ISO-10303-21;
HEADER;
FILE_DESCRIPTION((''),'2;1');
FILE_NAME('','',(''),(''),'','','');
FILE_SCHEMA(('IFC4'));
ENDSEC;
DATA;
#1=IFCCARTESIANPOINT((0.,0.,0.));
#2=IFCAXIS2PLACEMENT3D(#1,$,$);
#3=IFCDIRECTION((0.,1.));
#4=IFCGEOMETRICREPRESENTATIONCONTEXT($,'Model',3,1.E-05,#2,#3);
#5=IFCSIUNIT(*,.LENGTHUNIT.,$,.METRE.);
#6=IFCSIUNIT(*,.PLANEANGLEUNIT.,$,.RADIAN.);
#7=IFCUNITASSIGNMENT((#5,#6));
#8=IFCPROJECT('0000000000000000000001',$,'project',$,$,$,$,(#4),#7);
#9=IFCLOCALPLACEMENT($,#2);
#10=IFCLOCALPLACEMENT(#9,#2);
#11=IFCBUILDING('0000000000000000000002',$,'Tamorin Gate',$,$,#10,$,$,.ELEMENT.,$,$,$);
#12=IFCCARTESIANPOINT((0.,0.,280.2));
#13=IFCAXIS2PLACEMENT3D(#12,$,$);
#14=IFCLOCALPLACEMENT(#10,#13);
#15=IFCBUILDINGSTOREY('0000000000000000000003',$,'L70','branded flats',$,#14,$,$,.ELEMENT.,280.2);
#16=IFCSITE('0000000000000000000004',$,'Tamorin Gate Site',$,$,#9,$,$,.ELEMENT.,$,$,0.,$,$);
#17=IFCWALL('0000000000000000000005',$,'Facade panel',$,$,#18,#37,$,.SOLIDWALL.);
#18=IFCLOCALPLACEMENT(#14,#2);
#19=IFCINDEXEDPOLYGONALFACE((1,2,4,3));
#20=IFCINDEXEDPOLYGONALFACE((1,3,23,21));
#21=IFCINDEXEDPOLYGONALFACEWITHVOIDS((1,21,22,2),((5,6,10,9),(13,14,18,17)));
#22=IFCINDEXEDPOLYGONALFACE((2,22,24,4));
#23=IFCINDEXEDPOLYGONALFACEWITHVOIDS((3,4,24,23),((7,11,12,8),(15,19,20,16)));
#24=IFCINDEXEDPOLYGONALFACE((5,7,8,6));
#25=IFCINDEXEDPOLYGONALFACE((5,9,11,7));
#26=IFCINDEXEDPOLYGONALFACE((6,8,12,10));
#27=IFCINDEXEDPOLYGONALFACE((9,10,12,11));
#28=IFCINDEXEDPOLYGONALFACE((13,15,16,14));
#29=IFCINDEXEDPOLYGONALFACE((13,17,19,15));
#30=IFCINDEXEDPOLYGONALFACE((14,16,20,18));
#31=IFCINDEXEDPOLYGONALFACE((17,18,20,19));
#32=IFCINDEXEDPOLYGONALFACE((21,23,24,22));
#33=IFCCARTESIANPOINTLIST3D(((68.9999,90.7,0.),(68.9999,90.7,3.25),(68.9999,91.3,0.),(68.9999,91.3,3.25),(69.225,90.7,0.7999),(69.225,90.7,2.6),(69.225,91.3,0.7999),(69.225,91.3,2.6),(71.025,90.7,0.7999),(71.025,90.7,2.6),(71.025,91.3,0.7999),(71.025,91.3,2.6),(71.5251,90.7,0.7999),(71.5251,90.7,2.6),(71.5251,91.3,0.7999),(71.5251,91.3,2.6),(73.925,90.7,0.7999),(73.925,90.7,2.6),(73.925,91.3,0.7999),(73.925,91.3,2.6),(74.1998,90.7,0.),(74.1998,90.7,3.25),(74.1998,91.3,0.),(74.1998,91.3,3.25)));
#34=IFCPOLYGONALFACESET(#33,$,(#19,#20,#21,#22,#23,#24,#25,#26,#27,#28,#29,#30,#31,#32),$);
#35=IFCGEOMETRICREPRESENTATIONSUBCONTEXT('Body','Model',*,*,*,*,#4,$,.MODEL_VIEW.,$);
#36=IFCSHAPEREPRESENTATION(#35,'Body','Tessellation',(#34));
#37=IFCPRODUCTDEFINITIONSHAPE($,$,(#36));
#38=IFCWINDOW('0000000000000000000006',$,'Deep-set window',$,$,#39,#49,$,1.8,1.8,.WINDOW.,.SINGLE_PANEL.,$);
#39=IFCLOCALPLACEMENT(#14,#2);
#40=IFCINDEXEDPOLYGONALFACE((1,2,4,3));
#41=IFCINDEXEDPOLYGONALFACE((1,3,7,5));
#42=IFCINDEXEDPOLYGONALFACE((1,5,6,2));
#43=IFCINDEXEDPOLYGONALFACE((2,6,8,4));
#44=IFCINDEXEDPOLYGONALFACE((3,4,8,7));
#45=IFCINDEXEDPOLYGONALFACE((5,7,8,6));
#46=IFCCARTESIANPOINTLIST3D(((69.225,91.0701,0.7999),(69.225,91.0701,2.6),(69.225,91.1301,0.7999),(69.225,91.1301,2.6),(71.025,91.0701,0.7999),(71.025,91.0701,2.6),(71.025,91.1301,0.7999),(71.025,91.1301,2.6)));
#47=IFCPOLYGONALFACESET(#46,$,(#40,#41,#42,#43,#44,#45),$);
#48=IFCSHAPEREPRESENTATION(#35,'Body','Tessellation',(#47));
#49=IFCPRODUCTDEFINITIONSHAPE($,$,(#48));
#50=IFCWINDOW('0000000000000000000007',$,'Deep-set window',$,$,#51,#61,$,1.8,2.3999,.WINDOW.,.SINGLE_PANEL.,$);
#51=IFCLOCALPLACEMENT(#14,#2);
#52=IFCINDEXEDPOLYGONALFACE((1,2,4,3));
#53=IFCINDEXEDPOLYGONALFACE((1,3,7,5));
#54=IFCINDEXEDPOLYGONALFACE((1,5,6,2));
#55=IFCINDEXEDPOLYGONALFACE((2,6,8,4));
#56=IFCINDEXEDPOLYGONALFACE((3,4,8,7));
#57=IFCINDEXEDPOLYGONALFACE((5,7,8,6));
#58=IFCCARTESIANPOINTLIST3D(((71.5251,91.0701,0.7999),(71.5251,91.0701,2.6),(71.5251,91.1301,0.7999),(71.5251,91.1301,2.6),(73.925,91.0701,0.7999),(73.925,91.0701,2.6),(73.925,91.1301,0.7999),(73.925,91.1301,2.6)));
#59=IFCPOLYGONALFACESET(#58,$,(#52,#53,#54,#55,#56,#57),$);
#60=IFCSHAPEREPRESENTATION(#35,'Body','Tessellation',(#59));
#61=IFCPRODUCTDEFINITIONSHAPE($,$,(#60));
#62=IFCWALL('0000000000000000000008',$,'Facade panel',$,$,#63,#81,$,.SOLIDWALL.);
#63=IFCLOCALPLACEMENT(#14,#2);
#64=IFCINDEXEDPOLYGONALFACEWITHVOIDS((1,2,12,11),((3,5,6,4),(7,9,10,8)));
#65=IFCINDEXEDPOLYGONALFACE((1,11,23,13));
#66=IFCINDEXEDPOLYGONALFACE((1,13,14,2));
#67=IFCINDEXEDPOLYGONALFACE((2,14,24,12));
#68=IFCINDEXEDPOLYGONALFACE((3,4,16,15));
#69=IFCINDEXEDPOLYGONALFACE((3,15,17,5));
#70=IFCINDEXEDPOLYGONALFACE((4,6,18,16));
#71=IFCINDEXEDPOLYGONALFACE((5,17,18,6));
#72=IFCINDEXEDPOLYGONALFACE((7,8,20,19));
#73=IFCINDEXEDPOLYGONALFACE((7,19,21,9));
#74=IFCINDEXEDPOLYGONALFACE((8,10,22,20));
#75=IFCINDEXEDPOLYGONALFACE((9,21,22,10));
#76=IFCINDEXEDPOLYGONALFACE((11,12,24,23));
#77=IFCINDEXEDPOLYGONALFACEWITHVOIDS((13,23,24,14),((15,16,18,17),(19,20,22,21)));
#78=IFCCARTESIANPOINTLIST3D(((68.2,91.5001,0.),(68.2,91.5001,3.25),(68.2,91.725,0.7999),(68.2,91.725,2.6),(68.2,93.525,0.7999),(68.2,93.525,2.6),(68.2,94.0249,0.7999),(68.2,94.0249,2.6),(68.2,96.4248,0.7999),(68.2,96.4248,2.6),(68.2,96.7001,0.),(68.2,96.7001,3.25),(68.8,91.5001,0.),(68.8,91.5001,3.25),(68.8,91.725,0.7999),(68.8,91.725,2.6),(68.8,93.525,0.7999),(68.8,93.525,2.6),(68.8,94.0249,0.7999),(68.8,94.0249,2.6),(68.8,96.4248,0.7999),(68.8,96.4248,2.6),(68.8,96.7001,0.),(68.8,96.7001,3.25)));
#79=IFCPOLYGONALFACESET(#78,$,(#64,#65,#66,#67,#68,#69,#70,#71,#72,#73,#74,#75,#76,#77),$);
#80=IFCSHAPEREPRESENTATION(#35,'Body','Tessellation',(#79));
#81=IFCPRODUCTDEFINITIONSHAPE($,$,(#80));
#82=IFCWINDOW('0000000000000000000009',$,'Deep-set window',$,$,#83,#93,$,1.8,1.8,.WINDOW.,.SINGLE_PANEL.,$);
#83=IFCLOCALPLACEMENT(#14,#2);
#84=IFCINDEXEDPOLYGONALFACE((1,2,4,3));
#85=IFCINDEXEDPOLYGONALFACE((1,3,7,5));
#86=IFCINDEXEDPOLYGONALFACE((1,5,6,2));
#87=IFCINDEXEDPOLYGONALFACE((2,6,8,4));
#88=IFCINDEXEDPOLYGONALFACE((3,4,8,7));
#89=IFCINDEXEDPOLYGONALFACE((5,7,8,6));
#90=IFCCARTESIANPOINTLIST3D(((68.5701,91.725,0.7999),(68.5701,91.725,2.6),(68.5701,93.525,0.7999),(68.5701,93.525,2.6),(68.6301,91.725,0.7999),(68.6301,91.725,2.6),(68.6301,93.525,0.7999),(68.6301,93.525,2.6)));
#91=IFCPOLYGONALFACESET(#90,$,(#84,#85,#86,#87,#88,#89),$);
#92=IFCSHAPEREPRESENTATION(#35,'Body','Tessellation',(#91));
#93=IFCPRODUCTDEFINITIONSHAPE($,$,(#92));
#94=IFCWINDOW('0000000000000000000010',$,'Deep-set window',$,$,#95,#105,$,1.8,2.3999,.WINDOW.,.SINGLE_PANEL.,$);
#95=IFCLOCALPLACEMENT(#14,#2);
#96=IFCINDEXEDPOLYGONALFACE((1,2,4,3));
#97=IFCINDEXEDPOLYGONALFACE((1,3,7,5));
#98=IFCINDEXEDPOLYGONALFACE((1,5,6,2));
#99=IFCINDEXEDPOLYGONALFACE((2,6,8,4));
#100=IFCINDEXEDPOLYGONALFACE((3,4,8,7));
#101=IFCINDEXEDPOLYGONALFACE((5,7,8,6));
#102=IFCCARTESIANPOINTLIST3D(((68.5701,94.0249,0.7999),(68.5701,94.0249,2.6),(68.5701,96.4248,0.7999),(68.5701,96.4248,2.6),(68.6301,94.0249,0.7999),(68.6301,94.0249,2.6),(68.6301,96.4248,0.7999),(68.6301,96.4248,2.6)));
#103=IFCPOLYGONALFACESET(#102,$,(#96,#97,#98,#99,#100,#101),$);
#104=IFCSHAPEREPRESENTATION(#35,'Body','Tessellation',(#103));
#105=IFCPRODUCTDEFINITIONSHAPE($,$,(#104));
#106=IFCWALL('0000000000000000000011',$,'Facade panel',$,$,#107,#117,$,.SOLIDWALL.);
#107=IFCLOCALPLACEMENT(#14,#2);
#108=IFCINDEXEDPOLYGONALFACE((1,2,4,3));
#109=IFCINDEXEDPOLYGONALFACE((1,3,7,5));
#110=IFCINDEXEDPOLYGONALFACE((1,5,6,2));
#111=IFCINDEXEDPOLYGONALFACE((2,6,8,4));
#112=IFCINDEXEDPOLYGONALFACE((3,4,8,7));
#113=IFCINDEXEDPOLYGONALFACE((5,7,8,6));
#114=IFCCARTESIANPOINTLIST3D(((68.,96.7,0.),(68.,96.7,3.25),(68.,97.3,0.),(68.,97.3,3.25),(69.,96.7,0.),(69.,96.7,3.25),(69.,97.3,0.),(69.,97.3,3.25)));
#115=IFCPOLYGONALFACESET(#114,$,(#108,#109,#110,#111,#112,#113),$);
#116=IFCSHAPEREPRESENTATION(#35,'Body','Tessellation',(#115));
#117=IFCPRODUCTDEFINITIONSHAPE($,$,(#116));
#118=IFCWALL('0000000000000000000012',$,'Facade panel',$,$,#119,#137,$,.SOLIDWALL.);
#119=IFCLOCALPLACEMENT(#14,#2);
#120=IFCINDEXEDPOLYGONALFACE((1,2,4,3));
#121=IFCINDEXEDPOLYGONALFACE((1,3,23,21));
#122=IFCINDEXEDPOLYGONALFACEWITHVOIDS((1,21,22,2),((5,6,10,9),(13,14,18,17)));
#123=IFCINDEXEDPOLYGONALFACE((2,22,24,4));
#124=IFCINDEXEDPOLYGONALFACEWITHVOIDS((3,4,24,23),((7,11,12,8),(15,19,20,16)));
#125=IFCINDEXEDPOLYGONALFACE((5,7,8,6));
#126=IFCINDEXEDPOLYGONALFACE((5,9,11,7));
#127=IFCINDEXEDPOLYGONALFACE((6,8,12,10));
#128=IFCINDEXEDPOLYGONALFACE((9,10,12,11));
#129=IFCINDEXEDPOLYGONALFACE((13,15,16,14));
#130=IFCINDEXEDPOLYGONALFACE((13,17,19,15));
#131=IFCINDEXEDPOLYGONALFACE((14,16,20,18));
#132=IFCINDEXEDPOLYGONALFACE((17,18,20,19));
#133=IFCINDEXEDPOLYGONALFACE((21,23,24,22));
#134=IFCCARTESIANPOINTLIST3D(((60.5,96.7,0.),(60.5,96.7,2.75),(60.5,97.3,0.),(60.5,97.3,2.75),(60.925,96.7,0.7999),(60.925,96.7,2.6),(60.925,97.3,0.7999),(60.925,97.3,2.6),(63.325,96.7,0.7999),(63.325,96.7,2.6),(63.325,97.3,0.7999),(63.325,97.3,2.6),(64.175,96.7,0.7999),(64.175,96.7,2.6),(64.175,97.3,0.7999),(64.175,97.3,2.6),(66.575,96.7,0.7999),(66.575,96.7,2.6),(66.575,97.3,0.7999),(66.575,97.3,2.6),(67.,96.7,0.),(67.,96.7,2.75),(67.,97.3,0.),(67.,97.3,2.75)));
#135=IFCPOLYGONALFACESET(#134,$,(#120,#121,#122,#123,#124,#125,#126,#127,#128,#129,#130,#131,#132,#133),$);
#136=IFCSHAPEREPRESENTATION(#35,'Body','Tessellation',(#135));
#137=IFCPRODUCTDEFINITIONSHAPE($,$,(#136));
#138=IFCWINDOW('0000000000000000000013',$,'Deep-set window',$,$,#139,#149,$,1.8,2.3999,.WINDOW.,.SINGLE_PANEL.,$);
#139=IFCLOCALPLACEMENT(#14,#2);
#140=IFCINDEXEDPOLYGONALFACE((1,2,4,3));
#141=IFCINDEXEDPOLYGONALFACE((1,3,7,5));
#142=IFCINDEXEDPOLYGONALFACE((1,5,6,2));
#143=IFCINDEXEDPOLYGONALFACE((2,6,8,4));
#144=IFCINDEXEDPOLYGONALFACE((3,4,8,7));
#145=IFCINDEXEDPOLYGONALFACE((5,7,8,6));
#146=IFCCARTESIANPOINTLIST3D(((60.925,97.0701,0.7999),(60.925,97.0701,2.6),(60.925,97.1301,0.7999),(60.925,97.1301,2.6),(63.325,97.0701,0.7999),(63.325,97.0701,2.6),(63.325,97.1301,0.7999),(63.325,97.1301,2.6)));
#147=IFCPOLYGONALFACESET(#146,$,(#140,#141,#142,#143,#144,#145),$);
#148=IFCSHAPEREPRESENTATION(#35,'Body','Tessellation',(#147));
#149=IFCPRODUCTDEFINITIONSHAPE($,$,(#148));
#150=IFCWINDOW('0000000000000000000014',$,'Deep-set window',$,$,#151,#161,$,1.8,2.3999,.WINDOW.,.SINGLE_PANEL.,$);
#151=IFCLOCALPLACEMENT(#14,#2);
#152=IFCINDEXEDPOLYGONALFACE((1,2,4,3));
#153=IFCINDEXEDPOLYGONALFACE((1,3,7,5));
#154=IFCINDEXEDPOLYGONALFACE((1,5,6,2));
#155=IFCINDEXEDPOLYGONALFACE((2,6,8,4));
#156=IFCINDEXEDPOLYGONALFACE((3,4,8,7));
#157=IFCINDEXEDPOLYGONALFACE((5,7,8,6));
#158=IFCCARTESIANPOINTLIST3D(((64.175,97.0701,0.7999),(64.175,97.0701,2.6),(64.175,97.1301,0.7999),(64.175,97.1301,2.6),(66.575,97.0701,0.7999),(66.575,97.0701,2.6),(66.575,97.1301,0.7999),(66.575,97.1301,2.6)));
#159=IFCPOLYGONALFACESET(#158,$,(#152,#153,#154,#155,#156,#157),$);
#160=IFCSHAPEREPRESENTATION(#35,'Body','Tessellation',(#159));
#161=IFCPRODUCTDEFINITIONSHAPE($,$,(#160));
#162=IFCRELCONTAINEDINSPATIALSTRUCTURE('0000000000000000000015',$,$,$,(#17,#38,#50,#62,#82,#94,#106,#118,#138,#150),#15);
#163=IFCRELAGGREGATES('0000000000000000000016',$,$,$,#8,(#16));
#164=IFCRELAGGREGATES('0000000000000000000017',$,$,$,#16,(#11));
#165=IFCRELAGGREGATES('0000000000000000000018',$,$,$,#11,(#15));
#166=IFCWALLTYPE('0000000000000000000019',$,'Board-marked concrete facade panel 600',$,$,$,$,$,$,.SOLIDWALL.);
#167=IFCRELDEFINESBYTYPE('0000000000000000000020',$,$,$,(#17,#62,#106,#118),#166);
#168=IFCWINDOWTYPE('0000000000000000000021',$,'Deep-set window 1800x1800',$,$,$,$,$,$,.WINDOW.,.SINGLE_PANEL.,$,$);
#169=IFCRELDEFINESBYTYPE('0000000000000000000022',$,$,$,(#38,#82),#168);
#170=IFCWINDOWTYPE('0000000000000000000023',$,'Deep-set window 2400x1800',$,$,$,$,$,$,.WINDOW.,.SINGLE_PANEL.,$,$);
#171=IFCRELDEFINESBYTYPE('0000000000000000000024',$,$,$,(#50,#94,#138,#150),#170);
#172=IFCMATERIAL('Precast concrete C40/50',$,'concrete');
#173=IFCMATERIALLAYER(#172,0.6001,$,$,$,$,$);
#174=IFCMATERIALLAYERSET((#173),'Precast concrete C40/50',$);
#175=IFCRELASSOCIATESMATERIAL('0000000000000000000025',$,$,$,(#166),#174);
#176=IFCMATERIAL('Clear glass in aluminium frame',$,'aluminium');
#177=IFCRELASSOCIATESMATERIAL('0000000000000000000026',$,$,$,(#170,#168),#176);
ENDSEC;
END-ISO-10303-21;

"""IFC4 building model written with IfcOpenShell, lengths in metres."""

from ifc_helpers import new_model, si_unit, direction, frame, frame_2d, origin, place, context, subcontext, project, spatial, rectangle, extrude, material, layer, layer_set, type_object, element, fill, save


model = new_model("IFC4")

# Units and contexts
model_context = context("Model", 3, precision=1e-05, world=origin(), true_north=direction((0.0, 1.0)))
body_context = subcontext(model_context, "Body", "Model", "MODEL_VIEW")
ifc_project = project(units=[si_unit("LENGTHUNIT", "METRE"), si_unit("PLANEANGLEUNIT", "RADIAN")], contexts=[model_context])

# Site, building, storey
site_placement = place(None, origin())
site = spatial("IfcSite", under=ifc_project, at=site_placement, Name="Tamorin Gate Site", CompositionType="ELEMENT", RefElevation=0.0)
building_placement = place(site_placement, origin())
building = spatial("IfcBuilding", under=site, at=building_placement, Name="Tamorin Gate", CompositionType="ELEMENT")
storey_placement = place(building_placement, frame((0.0, 0.0, 280.2)))
storey = spatial("IfcBuildingStorey", under=building, at=storey_placement, Name="L70", Description="branded flats", CompositionType="ELEMENT", Elevation=280.2)

# Shared definitions
ifc_material_1 = material(Name="Precast concrete C40/50", Category="concrete")
ifc_layer = layer(ifc_material_1, 0.6001)
ifc_layer_set = layer_set([ifc_layer], Name="Precast concrete C40/50")
wall_type = type_object("IfcWallType", Name="Board-marked concrete facade panel 600", PredefinedType="SOLIDWALL", material=ifc_layer_set)
ifc_material_2 = material(Name="Clear glass in aluminium frame", Category="aluminium")
window_type_1 = type_object("IfcWindowType", Name="Deep-set window 2400x1800", PartitioningType="SINGLE_PANEL", PredefinedType="WINDOW", material=ifc_material_2)

# Walls, openings, windows
wall_1_placement = place(storey_placement, frame((74.2, 91.0, 0.0), z_axis=(0.0, 0.0, 1.0), x_axis=(-1.0, 0.0, 0.0)))
wall_1 = element("IfcWall", 1, at=wall_1_placement, inside=storey, type_object=wall_type, Name="Facade panel", PredefinedType="SOLIDWALL", context=body_context, shape_type="SweptSolid", body=[
    extrude(rectangle(XDim=5.2, YDim=0.6001, at=frame_2d((2.6001, 0.0))), origin(), (0.0, 0.0, 1.0), 3.25),
])
opening_1_placement = place(wall_1_placement, frame((3.175, 0.0, 0.8)))
opening_1 = element("IfcOpeningElement", 2, at=opening_1_placement, cuts=wall_1, PredefinedType="OPENING", context=body_context, shape_type="SweptSolid", body=[
    extrude(rectangle(XDim=1.8, YDim=1.8, at=frame_2d((0.8999, 0.8999))), frame((0.0, 0.3101, 0.0), z_axis=(0.0, -1.0, 0.0), x_axis=(1.0, 0.0, 0.0)), (0.0, 0.0, 1.0), 0.6201),
])
opening_2_placement = place(wall_1_placement, frame((0.2749, 0.0, 0.8)))
opening_2 = element("IfcOpeningElement", 3, at=opening_2_placement, cuts=wall_1, PredefinedType="OPENING", context=body_context, shape_type="SweptSolid", body=[
    extrude(rectangle(XDim=2.3999, YDim=1.8, at=frame_2d((1.2, 0.8999))), frame((0.0, 0.3101, 0.0), z_axis=(0.0, -1.0, 0.0), x_axis=(1.0, 0.0, 0.0)), (0.0, 0.0, 1.0), 0.6201),
])
window_type_2 = type_object("IfcWindowType", Name="Deep-set window 1800x1800", PartitioningType="SINGLE_PANEL", PredefinedType="WINDOW", material=ifc_material_2)
window_1_placement = place(opening_1_placement, origin())
window_1 = element("IfcWindow", 4, at=window_1_placement, inside=storey, type_object=window_type_2, Name="Deep-set window", OverallHeight=1.8, OverallWidth=1.8, PartitioningType="SINGLE_PANEL", PredefinedType="WINDOW", context=body_context, shape_type="SweptSolid", body=[
    extrude(rectangle(XDim=1.8, YDim=1.8, at=frame_2d((0.8999, 0.8999))), frame((0.0, -0.0701, 0.0), z_axis=(0.0, -1.0, 0.0), x_axis=(1.0, 0.0, 0.0)), (0.0, 0.0, 1.0), 0.0601),
])
fill(opening_1, window_1)
window_2_placement = place(opening_2_placement, origin())
window_2 = element("IfcWindow", 5, at=window_2_placement, inside=storey, type_object=window_type_1, Name="Deep-set window", OverallHeight=1.8, OverallWidth=2.3999, PartitioningType="SINGLE_PANEL", PredefinedType="WINDOW", context=body_context, shape_type="SweptSolid", body=[
    extrude(rectangle(XDim=2.3999, YDim=1.8, at=frame_2d((1.2, 0.8999))), frame((0.0, -0.0701, 0.0), z_axis=(0.0, -1.0, 0.0), x_axis=(1.0, 0.0, 0.0)), (0.0, 0.0, 1.0), 0.0601),
])
fill(opening_2, window_2)
wall_2_placement = place(storey_placement, frame((68.5, 91.5, 0.0), z_axis=(0.0, 0.0, 1.0), x_axis=(0.0, 1.0, 0.0)))
wall_2 = element("IfcWall", 6, at=wall_2_placement, inside=storey, type_object=wall_type, Name="Facade panel", PredefinedType="SOLIDWALL", context=body_context, shape_type="SweptSolid", body=[
    extrude(rectangle(XDim=5.2, YDim=0.6001, at=frame_2d((2.6001, 0.0))), origin(), (0.0, 0.0, 1.0), 3.25),
])
opening_3_placement = place(wall_2_placement, frame((0.2251, 0.0, 0.8)))
opening_3 = element("IfcOpeningElement", 7, at=opening_3_placement, cuts=wall_2, PredefinedType="OPENING", context=body_context, shape_type="SweptSolid", body=[
    extrude(rectangle(XDim=1.8, YDim=1.8, at=frame_2d((0.8999, 0.8999))), frame((0.0, 0.3101, 0.0), z_axis=(0.0, -1.0, 0.0), x_axis=(1.0, 0.0, 0.0)), (0.0, 0.0, 1.0), 0.6201),
])
opening_4_placement = place(wall_2_placement, frame((2.5249, 0.0, 0.8)))
opening_4 = element("IfcOpeningElement", 8, at=opening_4_placement, cuts=wall_2, PredefinedType="OPENING", context=body_context, shape_type="SweptSolid", body=[
    extrude(rectangle(XDim=2.3999, YDim=1.8, at=frame_2d((1.2, 0.8999))), frame((0.0, 0.3101, 0.0), z_axis=(0.0, -1.0, 0.0), x_axis=(1.0, 0.0, 0.0)), (0.0, 0.0, 1.0), 0.6201),
])
window_3_placement = place(opening_3_placement, origin())
window_3 = element("IfcWindow", 9, at=window_3_placement, inside=storey, type_object=window_type_2, Name="Deep-set window", OverallHeight=1.8, OverallWidth=1.8, PartitioningType="SINGLE_PANEL", PredefinedType="WINDOW", context=body_context, shape_type="SweptSolid", body=[
    extrude(rectangle(XDim=1.8, YDim=1.8, at=frame_2d((0.8999, 0.8999))), frame((0.0, -0.0701, 0.0), z_axis=(0.0, -1.0, 0.0), x_axis=(1.0, 0.0, 0.0)), (0.0, 0.0, 1.0), 0.0601),
])
fill(opening_3, window_3)
window_4_placement = place(opening_4_placement, origin())
window_4 = element("IfcWindow", 10, at=window_4_placement, inside=storey, type_object=window_type_1, Name="Deep-set window", OverallHeight=1.8, OverallWidth=2.3999, PartitioningType="SINGLE_PANEL", PredefinedType="WINDOW", context=body_context, shape_type="SweptSolid", body=[
    extrude(rectangle(XDim=2.3999, YDim=1.8, at=frame_2d((1.2, 0.8999))), frame((0.0, -0.0701, 0.0), z_axis=(0.0, -1.0, 0.0), x_axis=(1.0, 0.0, 0.0)), (0.0, 0.0, 1.0), 0.0601),
])
fill(opening_4, window_4)

# Wall
wall_3_placement = place(storey_placement, frame((69.0, 97.0, 0.0), z_axis=(0.0, 0.0, 1.0), x_axis=(-1.0, 0.0, 0.0)))
element("IfcWall", 11, at=wall_3_placement, inside=storey, type_object=wall_type, Name="Facade panel", PredefinedType="SOLIDWALL", context=body_context, shape_type="SweptSolid", body=[
    extrude(rectangle(XDim=1.0, YDim=0.6001, at=frame_2d((0.5, 0.0))), origin(), (0.0, 0.0, 1.0), 3.25),
])

# Wall, openings, windows
wall_4_placement = place(storey_placement, frame((67.0, 97.0, 0.0), z_axis=(0.0, 0.0, 1.0), x_axis=(-1.0, 0.0, 0.0)))
wall_4 = element("IfcWall", 12, at=wall_4_placement, inside=storey, type_object=wall_type, Name="Facade panel", PredefinedType="SOLIDWALL", context=body_context, shape_type="SweptSolid", body=[
    extrude(rectangle(XDim=6.5, YDim=0.6001, at=frame_2d((3.25, 0.0))), origin(), (0.0, 0.0, 1.0), 2.75),
])
opening_5_placement = place(wall_4_placement, frame((3.675, 0.0, 0.8)))
opening_5 = element("IfcOpeningElement", 13, at=opening_5_placement, cuts=wall_4, PredefinedType="OPENING", context=body_context, shape_type="SweptSolid", body=[
    extrude(rectangle(XDim=2.3999, YDim=1.8, at=frame_2d((1.2, 0.8999))), frame((0.0, 0.3101, 0.0), z_axis=(0.0, -1.0, 0.0), x_axis=(1.0, 0.0, 0.0)), (0.0, 0.0, 1.0), 0.6201),
])
opening_6_placement = place(wall_4_placement, frame((0.425, 0.0, 0.8)))
opening_6 = element("IfcOpeningElement", 14, at=opening_6_placement, cuts=wall_4, PredefinedType="OPENING", context=body_context, shape_type="SweptSolid", body=[
    extrude(rectangle(XDim=2.3999, YDim=1.8, at=frame_2d((1.2, 0.8999))), frame((0.0, 0.3101, 0.0), z_axis=(0.0, -1.0, 0.0), x_axis=(1.0, 0.0, 0.0)), (0.0, 0.0, 1.0), 0.6201),
])
window_5_placement = place(opening_5_placement, origin())
window_5 = element("IfcWindow", 15, at=window_5_placement, inside=storey, type_object=window_type_1, Name="Deep-set window", OverallHeight=1.8, OverallWidth=2.3999, PartitioningType="SINGLE_PANEL", PredefinedType="WINDOW", context=body_context, shape_type="SweptSolid", body=[
    extrude(rectangle(XDim=2.3999, YDim=1.8, at=frame_2d((1.2, 0.8999))), frame((0.0, -0.0701, 0.0), z_axis=(0.0, -1.0, 0.0), x_axis=(1.0, 0.0, 0.0)), (0.0, 0.0, 1.0), 0.0601),
])
fill(opening_5, window_5)
window_6_placement = place(opening_6_placement, origin())
window_6 = element("IfcWindow", 16, at=window_6_placement, inside=storey, type_object=window_type_1, Name="Deep-set window", OverallHeight=1.8, OverallWidth=2.3999, PartitioningType="SINGLE_PANEL", PredefinedType="WINDOW", context=body_context, shape_type="SweptSolid", body=[
    extrude(rectangle(XDim=2.3999, YDim=1.8, at=frame_2d((1.2, 0.8999))), frame((0.0, -0.0701, 0.0), z_axis=(0.0, -1.0, 0.0), x_axis=(1.0, 0.0, 0.0)), (0.0, 0.0, 1.0), 0.0601),
])
fill(opening_6, window_6)

save(model, "model.ifc")
